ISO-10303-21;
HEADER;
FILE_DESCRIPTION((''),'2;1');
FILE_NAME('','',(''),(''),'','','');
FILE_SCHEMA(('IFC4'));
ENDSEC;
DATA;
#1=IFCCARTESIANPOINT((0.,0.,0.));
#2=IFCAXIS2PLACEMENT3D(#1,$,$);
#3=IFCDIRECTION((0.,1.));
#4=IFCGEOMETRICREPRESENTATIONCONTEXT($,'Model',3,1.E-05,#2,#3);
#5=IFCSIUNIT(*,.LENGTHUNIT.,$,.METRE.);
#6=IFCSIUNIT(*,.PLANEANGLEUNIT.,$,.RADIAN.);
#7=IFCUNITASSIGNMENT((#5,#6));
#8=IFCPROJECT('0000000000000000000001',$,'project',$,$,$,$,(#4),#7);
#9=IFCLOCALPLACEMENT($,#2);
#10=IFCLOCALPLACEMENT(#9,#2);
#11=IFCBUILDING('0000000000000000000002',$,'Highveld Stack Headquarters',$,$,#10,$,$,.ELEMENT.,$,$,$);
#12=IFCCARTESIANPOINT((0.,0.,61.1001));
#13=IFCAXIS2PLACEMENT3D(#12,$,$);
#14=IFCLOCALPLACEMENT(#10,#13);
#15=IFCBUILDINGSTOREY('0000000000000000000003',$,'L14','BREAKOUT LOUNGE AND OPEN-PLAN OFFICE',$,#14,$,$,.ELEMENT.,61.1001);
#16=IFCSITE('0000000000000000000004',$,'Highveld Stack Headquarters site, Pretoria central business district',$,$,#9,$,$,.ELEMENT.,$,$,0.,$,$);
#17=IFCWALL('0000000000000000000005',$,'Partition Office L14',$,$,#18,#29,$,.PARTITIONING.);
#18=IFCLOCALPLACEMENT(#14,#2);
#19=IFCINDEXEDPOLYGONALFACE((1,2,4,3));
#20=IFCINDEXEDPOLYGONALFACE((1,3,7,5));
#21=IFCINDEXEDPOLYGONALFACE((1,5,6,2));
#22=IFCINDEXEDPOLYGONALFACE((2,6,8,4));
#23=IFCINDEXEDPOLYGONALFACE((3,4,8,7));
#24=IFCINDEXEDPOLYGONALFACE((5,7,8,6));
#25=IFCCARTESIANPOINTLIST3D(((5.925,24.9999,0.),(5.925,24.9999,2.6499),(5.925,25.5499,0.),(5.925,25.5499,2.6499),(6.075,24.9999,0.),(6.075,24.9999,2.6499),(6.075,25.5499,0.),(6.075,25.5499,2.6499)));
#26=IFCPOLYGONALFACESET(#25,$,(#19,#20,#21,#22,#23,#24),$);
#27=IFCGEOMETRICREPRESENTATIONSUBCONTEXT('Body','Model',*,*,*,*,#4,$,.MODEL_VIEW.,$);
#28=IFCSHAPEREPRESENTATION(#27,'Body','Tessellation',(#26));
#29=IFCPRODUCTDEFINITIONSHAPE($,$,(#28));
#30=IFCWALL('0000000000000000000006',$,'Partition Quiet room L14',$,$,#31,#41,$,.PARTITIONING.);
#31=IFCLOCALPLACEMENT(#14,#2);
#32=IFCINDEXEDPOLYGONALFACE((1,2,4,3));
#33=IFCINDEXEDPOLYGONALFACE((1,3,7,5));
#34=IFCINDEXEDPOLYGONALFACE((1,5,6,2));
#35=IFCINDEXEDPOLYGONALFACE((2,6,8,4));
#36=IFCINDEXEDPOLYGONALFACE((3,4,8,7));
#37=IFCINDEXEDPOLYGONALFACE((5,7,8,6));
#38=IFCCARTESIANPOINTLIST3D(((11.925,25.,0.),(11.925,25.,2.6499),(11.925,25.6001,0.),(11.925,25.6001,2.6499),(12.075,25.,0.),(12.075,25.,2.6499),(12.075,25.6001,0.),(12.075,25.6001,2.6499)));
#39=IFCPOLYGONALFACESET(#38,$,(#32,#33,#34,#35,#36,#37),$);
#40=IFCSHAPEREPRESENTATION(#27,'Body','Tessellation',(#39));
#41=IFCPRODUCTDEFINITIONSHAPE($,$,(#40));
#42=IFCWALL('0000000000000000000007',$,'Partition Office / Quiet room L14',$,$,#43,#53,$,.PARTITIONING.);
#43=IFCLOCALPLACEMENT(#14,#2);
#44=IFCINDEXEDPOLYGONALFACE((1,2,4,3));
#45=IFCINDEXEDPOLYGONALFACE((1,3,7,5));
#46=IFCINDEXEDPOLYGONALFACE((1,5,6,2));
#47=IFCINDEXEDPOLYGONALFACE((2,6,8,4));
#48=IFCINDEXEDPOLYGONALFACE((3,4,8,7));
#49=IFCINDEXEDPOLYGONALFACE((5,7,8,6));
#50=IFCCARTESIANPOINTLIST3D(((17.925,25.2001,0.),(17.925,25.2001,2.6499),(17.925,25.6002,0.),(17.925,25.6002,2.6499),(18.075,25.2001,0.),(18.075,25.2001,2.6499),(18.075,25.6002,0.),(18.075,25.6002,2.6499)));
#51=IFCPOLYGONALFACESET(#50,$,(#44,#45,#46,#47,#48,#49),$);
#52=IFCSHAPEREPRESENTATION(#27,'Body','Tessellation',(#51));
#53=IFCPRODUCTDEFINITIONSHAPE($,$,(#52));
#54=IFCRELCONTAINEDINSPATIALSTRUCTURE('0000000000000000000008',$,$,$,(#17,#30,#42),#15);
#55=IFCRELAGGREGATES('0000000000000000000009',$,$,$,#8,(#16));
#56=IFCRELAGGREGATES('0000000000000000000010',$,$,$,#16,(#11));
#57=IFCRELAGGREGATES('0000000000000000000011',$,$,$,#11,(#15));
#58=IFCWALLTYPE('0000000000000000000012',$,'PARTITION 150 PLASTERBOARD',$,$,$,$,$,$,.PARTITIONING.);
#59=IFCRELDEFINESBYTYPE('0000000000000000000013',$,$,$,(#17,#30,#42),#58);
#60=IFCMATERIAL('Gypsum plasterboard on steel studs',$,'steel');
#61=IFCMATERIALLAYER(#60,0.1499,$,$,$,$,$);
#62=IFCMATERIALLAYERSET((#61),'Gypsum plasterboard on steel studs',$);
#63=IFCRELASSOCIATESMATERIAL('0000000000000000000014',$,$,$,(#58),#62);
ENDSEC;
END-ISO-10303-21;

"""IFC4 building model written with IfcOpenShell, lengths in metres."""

from ifc_helpers import new_model, si_unit, direction, frame, frame_2d, origin, place, context, subcontext, project, spatial, rectangle, extrude, material, layer, layer_set, type_object, element, save


model = new_model("IFC4")

# Units and contexts
model_context = context("Model", 3, precision=1e-05, world=origin(), true_north=direction((0.0, 1.0)))
body_context = subcontext(model_context, "Body", "Model", "MODEL_VIEW")
ifc_project = project(units=[si_unit("LENGTHUNIT", "METRE"), si_unit("PLANEANGLEUNIT", "RADIAN")], contexts=[model_context])

# Site, building, storey
site_placement = place(None, origin())
site = spatial("IfcSite", under=ifc_project, at=site_placement, Name="Highveld Stack Headquarters site, Pretoria central business district", CompositionType="ELEMENT", RefElevation=0.0)
building_placement = place(site_placement, origin())
building = spatial("IfcBuilding", under=site, at=building_placement, Name="Highveld Stack Headquarters", CompositionType="ELEMENT")
storey_placement = place(building_placement, frame((0.0, 0.0, 61.1001)))
storey = spatial("IfcBuildingStorey", under=building, at=storey_placement, Name="L14", Description="BREAKOUT LOUNGE AND OPEN-PLAN OFFICE", CompositionType="ELEMENT", Elevation=61.1001)

# Walls
ifc_material_1 = material(Name="Gypsum plasterboard on steel studs", Category="steel")
ifc_layer_1 = layer(ifc_material_1, 0.1499)
ifc_layer_set_1 = layer_set([ifc_layer_1], Name="Gypsum plasterboard on steel studs")
wall_type = type_object("IfcWallType", Name="PARTITION 150 PLASTERBOARD", PredefinedType="PARTITIONING", material=ifc_layer_set_1)
wall_1_placement = place(storey_placement, frame((6.0, 25.0, 0.0), z_axis=(0.0, 0.0, 1.0), x_axis=(0.0, 1.0, 0.0)))
element("IfcWall", 1, at=wall_1_placement, inside=storey, type_object=wall_type, Name="Partition Office L14", PredefinedType="PARTITIONING", context=body_context, shape_type="SweptSolid", body=[
    extrude(rectangle(XDim=0.55, YDim=0.1499, at=frame_2d((0.2749, 0.0))), origin(), (0.0, 0.0, 1.0), 2.6499),
])
wall_2_placement = place(storey_placement, frame((12.0, 25.0, 0.0), z_axis=(0.0, 0.0, 1.0), x_axis=(0.0, 1.0, 0.0)))
element("IfcWall", 2, at=wall_2_placement, inside=storey, type_object=wall_type, Name="Partition Quiet room L14", PredefinedType="PARTITIONING", context=body_context, shape_type="SweptSolid", body=[
    extrude(rectangle(XDim=0.6001, YDim=0.1499, at=frame_2d((0.3, 0.0))), origin(), (0.0, 0.0, 1.0), 2.6499),
])
wall_3_placement = place(storey_placement, frame((18.0, 25.2, 0.0), z_axis=(0.0, 0.0, 1.0), x_axis=(0.0, 1.0, 0.0)))
element("IfcWall", 3, at=wall_3_placement, inside=storey, type_object=wall_type, Name="Partition Office / Quiet room L14", PredefinedType="PARTITIONING", context=body_context, shape_type="SweptSolid", body=[
    extrude(rectangle(XDim=0.4001, YDim=0.1499, at=frame_2d((0.2002, 0.0))), origin(), (0.0, 0.0, 1.0), 2.6499),
])

save(model, "model.ifc")
